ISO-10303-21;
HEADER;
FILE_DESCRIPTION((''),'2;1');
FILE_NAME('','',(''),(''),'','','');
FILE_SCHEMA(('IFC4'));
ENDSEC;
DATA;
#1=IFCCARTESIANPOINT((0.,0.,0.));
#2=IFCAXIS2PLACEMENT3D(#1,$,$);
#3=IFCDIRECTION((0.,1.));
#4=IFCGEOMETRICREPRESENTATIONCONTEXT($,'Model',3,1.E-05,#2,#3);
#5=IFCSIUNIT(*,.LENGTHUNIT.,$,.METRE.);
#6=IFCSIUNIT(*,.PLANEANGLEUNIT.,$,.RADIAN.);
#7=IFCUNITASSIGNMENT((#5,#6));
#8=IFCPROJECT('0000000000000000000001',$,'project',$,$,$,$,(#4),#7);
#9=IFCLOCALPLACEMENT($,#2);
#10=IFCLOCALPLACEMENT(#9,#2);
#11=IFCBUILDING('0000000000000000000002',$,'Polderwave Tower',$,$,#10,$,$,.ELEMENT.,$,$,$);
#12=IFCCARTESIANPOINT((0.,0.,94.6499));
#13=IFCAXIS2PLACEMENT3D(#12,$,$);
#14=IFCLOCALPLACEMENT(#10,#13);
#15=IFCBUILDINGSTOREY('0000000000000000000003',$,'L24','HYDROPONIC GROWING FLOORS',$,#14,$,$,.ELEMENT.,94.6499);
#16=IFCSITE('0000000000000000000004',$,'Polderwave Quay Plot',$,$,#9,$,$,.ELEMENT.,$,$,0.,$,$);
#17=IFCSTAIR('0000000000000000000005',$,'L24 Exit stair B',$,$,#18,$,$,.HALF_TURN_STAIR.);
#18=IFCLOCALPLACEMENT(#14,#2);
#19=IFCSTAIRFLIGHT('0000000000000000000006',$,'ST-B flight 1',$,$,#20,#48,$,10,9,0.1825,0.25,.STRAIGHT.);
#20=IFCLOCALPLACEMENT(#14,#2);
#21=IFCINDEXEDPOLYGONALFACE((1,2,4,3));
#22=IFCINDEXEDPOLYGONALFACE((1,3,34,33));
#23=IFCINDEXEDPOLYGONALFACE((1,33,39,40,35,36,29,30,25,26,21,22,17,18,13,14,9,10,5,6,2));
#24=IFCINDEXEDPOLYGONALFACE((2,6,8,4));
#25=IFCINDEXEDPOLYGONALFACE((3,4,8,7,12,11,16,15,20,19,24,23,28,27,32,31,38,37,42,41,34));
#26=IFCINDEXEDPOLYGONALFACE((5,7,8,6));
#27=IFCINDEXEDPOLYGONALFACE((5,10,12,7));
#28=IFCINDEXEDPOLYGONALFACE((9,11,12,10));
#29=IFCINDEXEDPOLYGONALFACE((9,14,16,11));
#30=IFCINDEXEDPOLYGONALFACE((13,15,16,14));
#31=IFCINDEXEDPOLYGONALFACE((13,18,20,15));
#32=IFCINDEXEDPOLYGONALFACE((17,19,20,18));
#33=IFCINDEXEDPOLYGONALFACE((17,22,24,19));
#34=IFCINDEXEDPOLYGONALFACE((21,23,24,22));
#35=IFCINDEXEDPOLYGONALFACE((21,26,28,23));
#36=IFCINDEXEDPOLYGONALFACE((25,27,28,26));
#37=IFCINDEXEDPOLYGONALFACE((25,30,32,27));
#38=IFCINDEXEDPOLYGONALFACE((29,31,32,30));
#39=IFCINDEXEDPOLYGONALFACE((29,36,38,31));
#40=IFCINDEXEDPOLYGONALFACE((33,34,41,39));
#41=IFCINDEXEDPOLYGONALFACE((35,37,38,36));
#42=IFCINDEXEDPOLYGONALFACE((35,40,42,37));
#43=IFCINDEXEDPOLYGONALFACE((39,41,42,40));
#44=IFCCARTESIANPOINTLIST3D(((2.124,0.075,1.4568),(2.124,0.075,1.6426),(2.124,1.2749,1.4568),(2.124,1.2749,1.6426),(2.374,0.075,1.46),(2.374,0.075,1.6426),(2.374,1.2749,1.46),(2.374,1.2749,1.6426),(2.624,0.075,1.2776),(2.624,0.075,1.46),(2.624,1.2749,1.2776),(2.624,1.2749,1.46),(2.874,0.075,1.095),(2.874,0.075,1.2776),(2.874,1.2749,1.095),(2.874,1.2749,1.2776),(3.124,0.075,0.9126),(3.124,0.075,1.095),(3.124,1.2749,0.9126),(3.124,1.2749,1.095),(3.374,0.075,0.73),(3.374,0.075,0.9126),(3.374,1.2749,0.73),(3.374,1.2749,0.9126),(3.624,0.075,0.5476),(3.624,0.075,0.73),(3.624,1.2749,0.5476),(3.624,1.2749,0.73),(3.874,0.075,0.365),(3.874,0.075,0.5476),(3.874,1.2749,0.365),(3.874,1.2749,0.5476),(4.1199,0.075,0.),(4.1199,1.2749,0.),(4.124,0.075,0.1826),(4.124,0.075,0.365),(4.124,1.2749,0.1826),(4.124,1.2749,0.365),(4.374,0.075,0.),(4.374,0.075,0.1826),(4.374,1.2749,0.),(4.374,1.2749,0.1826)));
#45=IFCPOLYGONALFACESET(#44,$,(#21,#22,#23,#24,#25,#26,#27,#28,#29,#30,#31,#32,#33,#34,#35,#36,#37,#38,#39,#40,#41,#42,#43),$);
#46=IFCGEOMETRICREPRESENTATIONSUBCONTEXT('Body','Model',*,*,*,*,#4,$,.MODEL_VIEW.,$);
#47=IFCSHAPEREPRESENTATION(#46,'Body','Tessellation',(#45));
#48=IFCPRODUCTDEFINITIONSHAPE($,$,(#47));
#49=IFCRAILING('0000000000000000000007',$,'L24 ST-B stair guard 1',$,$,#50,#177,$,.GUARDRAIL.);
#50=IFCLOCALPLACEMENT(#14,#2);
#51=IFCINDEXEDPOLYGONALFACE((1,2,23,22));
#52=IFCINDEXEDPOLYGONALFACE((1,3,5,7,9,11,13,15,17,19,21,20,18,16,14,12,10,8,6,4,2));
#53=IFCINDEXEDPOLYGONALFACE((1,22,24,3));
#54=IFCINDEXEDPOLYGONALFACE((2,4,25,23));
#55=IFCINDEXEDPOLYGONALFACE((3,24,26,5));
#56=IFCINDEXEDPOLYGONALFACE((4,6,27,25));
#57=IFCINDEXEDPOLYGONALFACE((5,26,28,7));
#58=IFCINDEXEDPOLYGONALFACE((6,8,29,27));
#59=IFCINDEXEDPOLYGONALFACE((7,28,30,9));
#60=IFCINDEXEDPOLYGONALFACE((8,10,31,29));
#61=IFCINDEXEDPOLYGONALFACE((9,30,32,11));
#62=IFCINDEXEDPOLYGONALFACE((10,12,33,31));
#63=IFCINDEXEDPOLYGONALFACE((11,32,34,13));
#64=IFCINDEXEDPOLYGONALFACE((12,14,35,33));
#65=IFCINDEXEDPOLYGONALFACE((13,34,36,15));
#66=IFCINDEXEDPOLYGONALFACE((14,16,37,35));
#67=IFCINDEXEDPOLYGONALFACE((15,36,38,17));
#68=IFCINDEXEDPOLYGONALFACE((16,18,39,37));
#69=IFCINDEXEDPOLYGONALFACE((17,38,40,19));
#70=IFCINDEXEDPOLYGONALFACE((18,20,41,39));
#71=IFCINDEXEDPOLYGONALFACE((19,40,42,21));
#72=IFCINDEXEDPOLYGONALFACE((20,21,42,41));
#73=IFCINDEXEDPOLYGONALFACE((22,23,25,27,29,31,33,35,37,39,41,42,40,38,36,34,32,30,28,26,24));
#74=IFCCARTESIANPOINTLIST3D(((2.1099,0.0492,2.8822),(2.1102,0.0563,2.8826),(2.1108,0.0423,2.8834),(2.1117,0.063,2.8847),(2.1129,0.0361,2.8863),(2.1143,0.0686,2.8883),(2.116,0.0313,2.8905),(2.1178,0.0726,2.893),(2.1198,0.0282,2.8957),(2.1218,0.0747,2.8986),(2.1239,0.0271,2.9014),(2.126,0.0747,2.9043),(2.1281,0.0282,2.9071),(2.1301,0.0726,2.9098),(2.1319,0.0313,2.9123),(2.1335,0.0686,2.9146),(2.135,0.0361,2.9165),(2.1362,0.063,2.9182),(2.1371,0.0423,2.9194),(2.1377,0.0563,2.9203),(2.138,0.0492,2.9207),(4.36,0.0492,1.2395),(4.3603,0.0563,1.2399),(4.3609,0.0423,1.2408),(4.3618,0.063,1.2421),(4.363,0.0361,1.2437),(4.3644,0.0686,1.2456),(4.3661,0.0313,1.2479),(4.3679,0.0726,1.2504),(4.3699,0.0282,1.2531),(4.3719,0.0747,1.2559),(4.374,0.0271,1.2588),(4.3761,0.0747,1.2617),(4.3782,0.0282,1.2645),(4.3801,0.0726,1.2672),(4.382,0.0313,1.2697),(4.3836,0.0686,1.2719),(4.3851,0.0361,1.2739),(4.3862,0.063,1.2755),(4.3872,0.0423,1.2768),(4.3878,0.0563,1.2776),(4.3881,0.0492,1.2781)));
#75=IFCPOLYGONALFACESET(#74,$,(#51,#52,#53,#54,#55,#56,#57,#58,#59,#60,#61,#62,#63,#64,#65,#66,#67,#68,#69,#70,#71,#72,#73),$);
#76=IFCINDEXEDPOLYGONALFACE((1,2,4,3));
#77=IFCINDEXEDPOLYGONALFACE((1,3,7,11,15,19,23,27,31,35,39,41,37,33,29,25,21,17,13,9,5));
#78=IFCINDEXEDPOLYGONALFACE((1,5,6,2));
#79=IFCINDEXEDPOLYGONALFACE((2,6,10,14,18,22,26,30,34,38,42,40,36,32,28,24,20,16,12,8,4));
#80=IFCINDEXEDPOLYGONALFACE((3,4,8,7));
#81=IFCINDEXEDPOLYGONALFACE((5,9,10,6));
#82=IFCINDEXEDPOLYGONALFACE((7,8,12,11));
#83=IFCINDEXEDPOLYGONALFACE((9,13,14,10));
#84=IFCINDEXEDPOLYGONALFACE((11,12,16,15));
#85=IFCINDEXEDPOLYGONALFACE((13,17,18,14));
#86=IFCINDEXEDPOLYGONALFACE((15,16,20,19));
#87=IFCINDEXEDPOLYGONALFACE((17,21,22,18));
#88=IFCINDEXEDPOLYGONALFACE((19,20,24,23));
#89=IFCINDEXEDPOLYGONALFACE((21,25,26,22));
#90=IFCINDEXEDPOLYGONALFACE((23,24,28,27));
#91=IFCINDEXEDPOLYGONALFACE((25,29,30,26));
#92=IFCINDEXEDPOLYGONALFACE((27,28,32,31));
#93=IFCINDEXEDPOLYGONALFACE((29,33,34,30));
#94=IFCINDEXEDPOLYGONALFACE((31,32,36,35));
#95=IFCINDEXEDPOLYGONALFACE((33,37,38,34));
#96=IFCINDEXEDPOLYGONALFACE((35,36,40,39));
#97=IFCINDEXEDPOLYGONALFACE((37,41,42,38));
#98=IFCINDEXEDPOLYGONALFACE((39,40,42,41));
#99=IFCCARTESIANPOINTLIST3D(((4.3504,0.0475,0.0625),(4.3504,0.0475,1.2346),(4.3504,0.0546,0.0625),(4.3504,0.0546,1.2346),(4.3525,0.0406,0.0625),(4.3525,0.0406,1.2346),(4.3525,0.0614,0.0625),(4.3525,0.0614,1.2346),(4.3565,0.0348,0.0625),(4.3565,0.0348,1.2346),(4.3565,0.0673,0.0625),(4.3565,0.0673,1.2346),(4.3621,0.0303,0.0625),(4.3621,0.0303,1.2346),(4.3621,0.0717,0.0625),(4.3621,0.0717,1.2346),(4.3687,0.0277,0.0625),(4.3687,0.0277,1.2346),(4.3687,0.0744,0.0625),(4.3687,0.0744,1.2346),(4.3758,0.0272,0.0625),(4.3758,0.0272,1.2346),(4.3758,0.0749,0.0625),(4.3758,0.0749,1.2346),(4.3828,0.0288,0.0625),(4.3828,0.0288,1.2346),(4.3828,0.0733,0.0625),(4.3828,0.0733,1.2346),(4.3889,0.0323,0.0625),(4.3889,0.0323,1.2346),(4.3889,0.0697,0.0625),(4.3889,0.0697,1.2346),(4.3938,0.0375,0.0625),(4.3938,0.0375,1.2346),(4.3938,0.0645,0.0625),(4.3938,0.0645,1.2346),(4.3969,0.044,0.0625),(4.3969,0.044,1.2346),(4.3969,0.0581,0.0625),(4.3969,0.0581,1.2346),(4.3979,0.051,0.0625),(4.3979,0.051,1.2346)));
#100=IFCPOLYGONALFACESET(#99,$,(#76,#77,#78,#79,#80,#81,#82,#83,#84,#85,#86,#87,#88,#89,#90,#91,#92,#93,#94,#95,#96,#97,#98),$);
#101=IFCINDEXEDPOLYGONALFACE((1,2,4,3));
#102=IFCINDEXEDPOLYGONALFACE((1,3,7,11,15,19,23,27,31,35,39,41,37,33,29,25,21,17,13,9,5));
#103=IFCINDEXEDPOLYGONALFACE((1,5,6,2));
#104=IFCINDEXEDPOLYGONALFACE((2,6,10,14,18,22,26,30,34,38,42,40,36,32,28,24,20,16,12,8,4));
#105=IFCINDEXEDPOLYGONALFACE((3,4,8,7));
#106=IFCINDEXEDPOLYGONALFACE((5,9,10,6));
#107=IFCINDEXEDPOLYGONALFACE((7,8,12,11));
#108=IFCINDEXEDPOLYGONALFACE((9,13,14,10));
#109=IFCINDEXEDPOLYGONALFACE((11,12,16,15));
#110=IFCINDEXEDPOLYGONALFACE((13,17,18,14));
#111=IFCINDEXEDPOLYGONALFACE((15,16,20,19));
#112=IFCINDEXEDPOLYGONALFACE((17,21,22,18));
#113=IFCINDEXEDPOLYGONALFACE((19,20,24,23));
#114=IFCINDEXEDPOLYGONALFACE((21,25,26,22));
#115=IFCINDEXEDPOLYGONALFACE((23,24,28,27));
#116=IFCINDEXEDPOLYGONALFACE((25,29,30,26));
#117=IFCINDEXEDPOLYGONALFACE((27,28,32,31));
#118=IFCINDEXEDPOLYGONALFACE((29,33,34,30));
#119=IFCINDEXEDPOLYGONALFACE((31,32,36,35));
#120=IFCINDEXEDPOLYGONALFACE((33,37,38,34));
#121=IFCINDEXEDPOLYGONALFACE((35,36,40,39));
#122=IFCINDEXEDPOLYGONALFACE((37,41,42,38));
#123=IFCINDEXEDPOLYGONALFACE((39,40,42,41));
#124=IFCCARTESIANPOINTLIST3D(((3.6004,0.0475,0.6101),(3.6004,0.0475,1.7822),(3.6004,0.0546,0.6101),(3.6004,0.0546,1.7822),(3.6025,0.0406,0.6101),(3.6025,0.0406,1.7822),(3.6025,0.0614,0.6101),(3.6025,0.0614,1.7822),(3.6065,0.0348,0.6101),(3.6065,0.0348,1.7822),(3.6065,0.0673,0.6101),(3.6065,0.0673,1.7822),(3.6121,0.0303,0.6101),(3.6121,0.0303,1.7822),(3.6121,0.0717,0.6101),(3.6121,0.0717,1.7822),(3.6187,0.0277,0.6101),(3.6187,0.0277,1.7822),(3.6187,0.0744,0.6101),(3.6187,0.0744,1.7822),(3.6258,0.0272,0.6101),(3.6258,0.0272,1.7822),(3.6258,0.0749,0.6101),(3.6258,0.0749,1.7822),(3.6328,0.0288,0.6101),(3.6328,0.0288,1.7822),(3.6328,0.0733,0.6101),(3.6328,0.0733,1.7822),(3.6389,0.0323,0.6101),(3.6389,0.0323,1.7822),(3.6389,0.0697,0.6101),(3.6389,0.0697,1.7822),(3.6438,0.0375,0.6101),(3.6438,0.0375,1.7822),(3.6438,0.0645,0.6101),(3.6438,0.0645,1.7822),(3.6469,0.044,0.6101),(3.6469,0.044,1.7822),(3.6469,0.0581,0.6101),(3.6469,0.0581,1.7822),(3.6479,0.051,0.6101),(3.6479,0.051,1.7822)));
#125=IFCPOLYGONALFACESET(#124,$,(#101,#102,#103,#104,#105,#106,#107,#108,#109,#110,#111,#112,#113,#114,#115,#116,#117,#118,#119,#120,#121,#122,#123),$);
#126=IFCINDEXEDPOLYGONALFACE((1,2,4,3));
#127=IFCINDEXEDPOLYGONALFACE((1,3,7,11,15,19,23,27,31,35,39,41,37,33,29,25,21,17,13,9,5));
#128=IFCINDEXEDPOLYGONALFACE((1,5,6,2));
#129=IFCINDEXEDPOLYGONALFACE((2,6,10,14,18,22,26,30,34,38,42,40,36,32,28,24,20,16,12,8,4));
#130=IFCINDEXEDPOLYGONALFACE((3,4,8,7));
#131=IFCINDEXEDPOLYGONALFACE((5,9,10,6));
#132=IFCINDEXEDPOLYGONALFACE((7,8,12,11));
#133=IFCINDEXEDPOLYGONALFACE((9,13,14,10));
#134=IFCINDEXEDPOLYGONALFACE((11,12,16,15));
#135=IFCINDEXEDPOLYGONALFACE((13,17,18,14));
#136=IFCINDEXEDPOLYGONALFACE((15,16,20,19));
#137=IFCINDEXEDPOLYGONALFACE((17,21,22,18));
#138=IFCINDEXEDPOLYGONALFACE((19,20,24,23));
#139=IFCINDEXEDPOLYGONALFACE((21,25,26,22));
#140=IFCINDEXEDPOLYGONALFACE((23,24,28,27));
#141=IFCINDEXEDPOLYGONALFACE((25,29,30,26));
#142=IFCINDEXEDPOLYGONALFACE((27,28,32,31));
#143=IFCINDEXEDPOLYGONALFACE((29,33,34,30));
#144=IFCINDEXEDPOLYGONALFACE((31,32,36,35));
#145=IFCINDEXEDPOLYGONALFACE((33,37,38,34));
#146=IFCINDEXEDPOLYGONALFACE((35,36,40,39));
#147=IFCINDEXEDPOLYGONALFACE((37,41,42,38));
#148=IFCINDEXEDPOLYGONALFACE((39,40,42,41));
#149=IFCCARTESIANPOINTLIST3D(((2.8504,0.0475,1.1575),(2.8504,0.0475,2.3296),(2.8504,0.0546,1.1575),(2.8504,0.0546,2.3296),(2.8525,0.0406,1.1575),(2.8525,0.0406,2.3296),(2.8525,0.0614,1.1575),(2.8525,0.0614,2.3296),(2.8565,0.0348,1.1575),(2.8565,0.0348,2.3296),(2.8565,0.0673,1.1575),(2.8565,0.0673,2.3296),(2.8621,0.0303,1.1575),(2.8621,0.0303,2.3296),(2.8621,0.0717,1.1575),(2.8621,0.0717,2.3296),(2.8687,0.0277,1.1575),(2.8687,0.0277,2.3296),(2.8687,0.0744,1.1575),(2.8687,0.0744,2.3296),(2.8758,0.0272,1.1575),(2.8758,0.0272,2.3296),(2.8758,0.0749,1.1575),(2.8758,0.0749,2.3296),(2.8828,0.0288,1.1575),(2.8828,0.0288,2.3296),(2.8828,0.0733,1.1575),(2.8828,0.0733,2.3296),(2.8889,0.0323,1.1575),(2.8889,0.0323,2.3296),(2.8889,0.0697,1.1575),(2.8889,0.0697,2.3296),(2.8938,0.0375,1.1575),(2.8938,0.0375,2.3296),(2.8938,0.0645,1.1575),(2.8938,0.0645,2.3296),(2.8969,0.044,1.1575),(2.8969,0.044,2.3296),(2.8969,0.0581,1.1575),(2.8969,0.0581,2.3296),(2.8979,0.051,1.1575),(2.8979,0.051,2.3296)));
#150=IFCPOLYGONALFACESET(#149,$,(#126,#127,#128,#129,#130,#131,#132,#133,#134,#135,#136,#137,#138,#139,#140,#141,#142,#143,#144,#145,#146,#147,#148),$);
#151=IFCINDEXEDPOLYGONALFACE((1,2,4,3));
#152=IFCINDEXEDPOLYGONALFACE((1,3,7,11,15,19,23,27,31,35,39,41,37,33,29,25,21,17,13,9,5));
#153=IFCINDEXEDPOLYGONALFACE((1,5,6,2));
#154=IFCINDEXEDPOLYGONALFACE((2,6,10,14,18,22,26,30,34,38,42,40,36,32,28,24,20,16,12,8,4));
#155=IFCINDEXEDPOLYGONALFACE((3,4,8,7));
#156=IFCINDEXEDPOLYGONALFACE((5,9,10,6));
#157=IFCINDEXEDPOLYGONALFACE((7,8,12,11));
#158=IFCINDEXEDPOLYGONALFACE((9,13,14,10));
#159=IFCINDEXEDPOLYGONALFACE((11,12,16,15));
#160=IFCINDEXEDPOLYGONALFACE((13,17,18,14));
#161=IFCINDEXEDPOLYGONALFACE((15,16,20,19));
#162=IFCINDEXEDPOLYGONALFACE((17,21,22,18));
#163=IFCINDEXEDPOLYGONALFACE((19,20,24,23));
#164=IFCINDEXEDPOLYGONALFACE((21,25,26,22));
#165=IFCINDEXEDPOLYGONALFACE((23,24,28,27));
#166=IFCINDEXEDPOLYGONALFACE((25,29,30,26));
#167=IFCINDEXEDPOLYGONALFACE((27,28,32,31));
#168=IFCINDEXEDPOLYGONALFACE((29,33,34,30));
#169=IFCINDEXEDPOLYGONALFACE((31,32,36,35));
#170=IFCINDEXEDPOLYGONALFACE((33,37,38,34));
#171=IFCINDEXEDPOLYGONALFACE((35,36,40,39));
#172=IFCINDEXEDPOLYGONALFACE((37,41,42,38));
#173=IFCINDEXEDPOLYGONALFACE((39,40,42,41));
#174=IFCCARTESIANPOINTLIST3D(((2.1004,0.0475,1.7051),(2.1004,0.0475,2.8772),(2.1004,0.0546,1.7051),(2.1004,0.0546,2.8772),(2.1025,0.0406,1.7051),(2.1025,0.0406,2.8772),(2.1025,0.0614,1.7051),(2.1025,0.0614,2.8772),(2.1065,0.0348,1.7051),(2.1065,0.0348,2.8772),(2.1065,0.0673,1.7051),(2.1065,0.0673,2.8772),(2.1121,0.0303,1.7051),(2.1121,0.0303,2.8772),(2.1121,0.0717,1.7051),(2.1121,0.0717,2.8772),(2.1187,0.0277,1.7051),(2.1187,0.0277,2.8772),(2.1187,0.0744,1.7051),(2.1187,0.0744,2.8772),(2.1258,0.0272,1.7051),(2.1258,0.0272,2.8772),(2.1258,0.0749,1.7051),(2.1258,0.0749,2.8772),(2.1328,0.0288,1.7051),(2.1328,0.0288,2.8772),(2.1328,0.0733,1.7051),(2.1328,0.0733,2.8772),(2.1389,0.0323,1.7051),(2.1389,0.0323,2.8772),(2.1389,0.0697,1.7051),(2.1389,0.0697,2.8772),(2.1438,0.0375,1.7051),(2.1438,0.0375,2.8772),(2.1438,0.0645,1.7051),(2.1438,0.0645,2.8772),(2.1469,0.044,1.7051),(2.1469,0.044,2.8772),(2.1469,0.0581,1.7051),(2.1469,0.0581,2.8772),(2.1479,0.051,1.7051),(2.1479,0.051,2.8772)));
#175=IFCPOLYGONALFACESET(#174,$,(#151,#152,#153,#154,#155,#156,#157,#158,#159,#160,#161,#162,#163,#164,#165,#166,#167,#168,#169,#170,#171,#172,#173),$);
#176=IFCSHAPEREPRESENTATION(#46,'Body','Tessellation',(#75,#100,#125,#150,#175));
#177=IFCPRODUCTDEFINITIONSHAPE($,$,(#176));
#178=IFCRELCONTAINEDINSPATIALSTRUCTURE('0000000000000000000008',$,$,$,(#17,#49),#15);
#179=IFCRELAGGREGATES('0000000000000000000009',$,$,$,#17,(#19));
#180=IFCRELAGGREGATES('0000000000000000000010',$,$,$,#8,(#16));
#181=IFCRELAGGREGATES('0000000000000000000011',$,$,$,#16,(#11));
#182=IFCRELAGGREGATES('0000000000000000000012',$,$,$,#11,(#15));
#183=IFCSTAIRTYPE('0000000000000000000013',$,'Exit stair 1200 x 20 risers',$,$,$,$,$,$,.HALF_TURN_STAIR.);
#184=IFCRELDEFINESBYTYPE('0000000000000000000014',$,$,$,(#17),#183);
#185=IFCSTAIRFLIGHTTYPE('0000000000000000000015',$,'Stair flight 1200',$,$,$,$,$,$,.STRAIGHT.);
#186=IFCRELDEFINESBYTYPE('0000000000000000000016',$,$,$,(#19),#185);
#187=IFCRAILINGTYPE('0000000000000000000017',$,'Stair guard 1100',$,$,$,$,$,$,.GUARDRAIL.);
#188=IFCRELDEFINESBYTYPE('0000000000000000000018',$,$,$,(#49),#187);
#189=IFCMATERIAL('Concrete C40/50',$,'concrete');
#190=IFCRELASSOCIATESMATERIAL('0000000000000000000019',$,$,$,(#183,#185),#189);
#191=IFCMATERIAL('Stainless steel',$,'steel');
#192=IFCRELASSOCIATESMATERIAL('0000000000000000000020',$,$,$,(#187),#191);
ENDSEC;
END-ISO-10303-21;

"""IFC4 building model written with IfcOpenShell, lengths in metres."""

from ifc_helpers import new_model, si_unit, direction, frame, origin, origin_2d, place, context, subcontext, project, spatial, polyline, circle, outline, extrude, material, type_object, element, aggregate, save


model = new_model("IFC4")

# Units and contexts
model_context = context("Model", 3, precision=1e-05, world=origin(), true_north=direction((0.0, 1.0)))
body_context = subcontext(model_context, "Body", "Model", "MODEL_VIEW")
ifc_project = project(units=[si_unit("LENGTHUNIT", "METRE"), si_unit("PLANEANGLEUNIT", "RADIAN")], contexts=[model_context])

# Site, building, storey
site_placement = place(None, origin())
site = spatial("IfcSite", under=ifc_project, at=site_placement, Name="Polderwave Quay Plot", CompositionType="ELEMENT", RefElevation=0.0)
building_placement = place(site_placement, origin())
building = spatial("IfcBuilding", under=site, at=building_placement, Name="Polderwave Tower", CompositionType="ELEMENT")
storey_placement = place(building_placement, frame((0.0, 0.0, 94.6499)))
storey = spatial("IfcBuildingStorey", under=building, at=storey_placement, Name="L24", Description="HYDROPONIC GROWING FLOORS", CompositionType="ELEMENT", Elevation=94.6499)

# Stair, stair flight
ifc_material_1 = material(Name="Concrete C40/50", Category="concrete")
stair_type = type_object("IfcStairType", Name="Exit stair 1200 x 20 risers", PredefinedType="HALF_TURN_STAIR", material=ifc_material_1)
stair_placement = place(storey_placement, origin())
stair = element("IfcStair", 1, at=stair_placement, inside=storey, type_object=stair_type, Name="L24 Exit stair B", PredefinedType="HALF_TURN_STAIR")
stair_flight_type = type_object("IfcStairFlightType", Name="Stair flight 1200", PredefinedType="STRAIGHT", material=ifc_material_1)
stair_flight_placement = place(storey_placement, frame((4.374, 0.675, 0.0), z_axis=(0.0, 0.0, 1.0), x_axis=(-1.0, 0.0, 0.0)))
stair_flight = element("IfcStairFlight", 2, at=stair_flight_placement, type_object=stair_flight_type, Name="ST-B flight 1", NumberOfRisers=10, NumberOfTreads=9, PredefinedType="STRAIGHT", RiserHeight=0.1825, TreadLength=0.25, context=body_context, shape_type="SweptSolid", body=[
    extrude(outline(polyline([(0.0, 0.0), (0.0, 0.1826), (0.25, 0.1826), (0.25, 0.365), (0.5, 0.365), (0.5, 0.5476), (0.75, 0.5476), (0.75, 0.73), (1.0, 0.73), (1.0, 0.9126), (1.25, 0.9126), (1.25, 1.095), (1.5, 1.095), (1.5, 1.2776), (1.75, 1.2776), (1.75, 1.46), (2.0, 1.46), (2.0, 1.6426), (2.25, 1.6426), (2.25, 1.825), (2.25, 1.4568), (0.2542, 0.0), (0.0, 0.0)])), frame((0.0, 0.6001, 0.0), z_axis=(0.0, -1.0, 0.0), x_axis=(1.0, 0.0, 0.0)), (0.0, 0.0, 1.0), 1.2),
])
aggregate(stair, [stair_flight])

# Railing
ifc_material_2 = material(Name="Stainless steel", Category="steel")
railing_type_1 = type_object("IfcRailingType", Name="Stair guard 1100", PredefinedType="GUARDRAIL", material=ifc_material_2)
railing_1_placement = place(storey_placement, frame((4.374, 0.051, 0.0625)))
element("IfcRailing", 3, at=railing_1_placement, inside=storey, type_object=railing_type_1, Name="L24 ST-B stair guard 1", PredefinedType="GUARDRAIL", context=body_context, shape_type="SweptSolid", body=[
    extrude(circle(Radius=0.0239, at=origin_2d()), frame((0.0, 0.0, 1.1963), z_axis=(-0.807674, 0.0, 0.58963), x_axis=(0.0, -1.0, 0.0)), (0.0, 0.0, 1.0), 2.7859),
    extrude(circle(Radius=0.0239, at=origin_2d()), origin(), (0.0, 0.0, 1.0), 1.1721),
    extrude(circle(Radius=0.0239, at=origin_2d()), frame((-0.75, 0.0, 0.5476)), (0.0, 0.0, 1.0), 1.1721),
    extrude(circle(Radius=0.0239, at=origin_2d()), frame((-1.5, 0.0, 1.095)), (0.0, 0.0, 1.0), 1.1721),
    extrude(circle(Radius=0.0239, at=origin_2d()), frame((-2.25, 0.0, 1.6426)), (0.0, 0.0, 1.0), 1.1721),
])

save(model, "model.ifc")
